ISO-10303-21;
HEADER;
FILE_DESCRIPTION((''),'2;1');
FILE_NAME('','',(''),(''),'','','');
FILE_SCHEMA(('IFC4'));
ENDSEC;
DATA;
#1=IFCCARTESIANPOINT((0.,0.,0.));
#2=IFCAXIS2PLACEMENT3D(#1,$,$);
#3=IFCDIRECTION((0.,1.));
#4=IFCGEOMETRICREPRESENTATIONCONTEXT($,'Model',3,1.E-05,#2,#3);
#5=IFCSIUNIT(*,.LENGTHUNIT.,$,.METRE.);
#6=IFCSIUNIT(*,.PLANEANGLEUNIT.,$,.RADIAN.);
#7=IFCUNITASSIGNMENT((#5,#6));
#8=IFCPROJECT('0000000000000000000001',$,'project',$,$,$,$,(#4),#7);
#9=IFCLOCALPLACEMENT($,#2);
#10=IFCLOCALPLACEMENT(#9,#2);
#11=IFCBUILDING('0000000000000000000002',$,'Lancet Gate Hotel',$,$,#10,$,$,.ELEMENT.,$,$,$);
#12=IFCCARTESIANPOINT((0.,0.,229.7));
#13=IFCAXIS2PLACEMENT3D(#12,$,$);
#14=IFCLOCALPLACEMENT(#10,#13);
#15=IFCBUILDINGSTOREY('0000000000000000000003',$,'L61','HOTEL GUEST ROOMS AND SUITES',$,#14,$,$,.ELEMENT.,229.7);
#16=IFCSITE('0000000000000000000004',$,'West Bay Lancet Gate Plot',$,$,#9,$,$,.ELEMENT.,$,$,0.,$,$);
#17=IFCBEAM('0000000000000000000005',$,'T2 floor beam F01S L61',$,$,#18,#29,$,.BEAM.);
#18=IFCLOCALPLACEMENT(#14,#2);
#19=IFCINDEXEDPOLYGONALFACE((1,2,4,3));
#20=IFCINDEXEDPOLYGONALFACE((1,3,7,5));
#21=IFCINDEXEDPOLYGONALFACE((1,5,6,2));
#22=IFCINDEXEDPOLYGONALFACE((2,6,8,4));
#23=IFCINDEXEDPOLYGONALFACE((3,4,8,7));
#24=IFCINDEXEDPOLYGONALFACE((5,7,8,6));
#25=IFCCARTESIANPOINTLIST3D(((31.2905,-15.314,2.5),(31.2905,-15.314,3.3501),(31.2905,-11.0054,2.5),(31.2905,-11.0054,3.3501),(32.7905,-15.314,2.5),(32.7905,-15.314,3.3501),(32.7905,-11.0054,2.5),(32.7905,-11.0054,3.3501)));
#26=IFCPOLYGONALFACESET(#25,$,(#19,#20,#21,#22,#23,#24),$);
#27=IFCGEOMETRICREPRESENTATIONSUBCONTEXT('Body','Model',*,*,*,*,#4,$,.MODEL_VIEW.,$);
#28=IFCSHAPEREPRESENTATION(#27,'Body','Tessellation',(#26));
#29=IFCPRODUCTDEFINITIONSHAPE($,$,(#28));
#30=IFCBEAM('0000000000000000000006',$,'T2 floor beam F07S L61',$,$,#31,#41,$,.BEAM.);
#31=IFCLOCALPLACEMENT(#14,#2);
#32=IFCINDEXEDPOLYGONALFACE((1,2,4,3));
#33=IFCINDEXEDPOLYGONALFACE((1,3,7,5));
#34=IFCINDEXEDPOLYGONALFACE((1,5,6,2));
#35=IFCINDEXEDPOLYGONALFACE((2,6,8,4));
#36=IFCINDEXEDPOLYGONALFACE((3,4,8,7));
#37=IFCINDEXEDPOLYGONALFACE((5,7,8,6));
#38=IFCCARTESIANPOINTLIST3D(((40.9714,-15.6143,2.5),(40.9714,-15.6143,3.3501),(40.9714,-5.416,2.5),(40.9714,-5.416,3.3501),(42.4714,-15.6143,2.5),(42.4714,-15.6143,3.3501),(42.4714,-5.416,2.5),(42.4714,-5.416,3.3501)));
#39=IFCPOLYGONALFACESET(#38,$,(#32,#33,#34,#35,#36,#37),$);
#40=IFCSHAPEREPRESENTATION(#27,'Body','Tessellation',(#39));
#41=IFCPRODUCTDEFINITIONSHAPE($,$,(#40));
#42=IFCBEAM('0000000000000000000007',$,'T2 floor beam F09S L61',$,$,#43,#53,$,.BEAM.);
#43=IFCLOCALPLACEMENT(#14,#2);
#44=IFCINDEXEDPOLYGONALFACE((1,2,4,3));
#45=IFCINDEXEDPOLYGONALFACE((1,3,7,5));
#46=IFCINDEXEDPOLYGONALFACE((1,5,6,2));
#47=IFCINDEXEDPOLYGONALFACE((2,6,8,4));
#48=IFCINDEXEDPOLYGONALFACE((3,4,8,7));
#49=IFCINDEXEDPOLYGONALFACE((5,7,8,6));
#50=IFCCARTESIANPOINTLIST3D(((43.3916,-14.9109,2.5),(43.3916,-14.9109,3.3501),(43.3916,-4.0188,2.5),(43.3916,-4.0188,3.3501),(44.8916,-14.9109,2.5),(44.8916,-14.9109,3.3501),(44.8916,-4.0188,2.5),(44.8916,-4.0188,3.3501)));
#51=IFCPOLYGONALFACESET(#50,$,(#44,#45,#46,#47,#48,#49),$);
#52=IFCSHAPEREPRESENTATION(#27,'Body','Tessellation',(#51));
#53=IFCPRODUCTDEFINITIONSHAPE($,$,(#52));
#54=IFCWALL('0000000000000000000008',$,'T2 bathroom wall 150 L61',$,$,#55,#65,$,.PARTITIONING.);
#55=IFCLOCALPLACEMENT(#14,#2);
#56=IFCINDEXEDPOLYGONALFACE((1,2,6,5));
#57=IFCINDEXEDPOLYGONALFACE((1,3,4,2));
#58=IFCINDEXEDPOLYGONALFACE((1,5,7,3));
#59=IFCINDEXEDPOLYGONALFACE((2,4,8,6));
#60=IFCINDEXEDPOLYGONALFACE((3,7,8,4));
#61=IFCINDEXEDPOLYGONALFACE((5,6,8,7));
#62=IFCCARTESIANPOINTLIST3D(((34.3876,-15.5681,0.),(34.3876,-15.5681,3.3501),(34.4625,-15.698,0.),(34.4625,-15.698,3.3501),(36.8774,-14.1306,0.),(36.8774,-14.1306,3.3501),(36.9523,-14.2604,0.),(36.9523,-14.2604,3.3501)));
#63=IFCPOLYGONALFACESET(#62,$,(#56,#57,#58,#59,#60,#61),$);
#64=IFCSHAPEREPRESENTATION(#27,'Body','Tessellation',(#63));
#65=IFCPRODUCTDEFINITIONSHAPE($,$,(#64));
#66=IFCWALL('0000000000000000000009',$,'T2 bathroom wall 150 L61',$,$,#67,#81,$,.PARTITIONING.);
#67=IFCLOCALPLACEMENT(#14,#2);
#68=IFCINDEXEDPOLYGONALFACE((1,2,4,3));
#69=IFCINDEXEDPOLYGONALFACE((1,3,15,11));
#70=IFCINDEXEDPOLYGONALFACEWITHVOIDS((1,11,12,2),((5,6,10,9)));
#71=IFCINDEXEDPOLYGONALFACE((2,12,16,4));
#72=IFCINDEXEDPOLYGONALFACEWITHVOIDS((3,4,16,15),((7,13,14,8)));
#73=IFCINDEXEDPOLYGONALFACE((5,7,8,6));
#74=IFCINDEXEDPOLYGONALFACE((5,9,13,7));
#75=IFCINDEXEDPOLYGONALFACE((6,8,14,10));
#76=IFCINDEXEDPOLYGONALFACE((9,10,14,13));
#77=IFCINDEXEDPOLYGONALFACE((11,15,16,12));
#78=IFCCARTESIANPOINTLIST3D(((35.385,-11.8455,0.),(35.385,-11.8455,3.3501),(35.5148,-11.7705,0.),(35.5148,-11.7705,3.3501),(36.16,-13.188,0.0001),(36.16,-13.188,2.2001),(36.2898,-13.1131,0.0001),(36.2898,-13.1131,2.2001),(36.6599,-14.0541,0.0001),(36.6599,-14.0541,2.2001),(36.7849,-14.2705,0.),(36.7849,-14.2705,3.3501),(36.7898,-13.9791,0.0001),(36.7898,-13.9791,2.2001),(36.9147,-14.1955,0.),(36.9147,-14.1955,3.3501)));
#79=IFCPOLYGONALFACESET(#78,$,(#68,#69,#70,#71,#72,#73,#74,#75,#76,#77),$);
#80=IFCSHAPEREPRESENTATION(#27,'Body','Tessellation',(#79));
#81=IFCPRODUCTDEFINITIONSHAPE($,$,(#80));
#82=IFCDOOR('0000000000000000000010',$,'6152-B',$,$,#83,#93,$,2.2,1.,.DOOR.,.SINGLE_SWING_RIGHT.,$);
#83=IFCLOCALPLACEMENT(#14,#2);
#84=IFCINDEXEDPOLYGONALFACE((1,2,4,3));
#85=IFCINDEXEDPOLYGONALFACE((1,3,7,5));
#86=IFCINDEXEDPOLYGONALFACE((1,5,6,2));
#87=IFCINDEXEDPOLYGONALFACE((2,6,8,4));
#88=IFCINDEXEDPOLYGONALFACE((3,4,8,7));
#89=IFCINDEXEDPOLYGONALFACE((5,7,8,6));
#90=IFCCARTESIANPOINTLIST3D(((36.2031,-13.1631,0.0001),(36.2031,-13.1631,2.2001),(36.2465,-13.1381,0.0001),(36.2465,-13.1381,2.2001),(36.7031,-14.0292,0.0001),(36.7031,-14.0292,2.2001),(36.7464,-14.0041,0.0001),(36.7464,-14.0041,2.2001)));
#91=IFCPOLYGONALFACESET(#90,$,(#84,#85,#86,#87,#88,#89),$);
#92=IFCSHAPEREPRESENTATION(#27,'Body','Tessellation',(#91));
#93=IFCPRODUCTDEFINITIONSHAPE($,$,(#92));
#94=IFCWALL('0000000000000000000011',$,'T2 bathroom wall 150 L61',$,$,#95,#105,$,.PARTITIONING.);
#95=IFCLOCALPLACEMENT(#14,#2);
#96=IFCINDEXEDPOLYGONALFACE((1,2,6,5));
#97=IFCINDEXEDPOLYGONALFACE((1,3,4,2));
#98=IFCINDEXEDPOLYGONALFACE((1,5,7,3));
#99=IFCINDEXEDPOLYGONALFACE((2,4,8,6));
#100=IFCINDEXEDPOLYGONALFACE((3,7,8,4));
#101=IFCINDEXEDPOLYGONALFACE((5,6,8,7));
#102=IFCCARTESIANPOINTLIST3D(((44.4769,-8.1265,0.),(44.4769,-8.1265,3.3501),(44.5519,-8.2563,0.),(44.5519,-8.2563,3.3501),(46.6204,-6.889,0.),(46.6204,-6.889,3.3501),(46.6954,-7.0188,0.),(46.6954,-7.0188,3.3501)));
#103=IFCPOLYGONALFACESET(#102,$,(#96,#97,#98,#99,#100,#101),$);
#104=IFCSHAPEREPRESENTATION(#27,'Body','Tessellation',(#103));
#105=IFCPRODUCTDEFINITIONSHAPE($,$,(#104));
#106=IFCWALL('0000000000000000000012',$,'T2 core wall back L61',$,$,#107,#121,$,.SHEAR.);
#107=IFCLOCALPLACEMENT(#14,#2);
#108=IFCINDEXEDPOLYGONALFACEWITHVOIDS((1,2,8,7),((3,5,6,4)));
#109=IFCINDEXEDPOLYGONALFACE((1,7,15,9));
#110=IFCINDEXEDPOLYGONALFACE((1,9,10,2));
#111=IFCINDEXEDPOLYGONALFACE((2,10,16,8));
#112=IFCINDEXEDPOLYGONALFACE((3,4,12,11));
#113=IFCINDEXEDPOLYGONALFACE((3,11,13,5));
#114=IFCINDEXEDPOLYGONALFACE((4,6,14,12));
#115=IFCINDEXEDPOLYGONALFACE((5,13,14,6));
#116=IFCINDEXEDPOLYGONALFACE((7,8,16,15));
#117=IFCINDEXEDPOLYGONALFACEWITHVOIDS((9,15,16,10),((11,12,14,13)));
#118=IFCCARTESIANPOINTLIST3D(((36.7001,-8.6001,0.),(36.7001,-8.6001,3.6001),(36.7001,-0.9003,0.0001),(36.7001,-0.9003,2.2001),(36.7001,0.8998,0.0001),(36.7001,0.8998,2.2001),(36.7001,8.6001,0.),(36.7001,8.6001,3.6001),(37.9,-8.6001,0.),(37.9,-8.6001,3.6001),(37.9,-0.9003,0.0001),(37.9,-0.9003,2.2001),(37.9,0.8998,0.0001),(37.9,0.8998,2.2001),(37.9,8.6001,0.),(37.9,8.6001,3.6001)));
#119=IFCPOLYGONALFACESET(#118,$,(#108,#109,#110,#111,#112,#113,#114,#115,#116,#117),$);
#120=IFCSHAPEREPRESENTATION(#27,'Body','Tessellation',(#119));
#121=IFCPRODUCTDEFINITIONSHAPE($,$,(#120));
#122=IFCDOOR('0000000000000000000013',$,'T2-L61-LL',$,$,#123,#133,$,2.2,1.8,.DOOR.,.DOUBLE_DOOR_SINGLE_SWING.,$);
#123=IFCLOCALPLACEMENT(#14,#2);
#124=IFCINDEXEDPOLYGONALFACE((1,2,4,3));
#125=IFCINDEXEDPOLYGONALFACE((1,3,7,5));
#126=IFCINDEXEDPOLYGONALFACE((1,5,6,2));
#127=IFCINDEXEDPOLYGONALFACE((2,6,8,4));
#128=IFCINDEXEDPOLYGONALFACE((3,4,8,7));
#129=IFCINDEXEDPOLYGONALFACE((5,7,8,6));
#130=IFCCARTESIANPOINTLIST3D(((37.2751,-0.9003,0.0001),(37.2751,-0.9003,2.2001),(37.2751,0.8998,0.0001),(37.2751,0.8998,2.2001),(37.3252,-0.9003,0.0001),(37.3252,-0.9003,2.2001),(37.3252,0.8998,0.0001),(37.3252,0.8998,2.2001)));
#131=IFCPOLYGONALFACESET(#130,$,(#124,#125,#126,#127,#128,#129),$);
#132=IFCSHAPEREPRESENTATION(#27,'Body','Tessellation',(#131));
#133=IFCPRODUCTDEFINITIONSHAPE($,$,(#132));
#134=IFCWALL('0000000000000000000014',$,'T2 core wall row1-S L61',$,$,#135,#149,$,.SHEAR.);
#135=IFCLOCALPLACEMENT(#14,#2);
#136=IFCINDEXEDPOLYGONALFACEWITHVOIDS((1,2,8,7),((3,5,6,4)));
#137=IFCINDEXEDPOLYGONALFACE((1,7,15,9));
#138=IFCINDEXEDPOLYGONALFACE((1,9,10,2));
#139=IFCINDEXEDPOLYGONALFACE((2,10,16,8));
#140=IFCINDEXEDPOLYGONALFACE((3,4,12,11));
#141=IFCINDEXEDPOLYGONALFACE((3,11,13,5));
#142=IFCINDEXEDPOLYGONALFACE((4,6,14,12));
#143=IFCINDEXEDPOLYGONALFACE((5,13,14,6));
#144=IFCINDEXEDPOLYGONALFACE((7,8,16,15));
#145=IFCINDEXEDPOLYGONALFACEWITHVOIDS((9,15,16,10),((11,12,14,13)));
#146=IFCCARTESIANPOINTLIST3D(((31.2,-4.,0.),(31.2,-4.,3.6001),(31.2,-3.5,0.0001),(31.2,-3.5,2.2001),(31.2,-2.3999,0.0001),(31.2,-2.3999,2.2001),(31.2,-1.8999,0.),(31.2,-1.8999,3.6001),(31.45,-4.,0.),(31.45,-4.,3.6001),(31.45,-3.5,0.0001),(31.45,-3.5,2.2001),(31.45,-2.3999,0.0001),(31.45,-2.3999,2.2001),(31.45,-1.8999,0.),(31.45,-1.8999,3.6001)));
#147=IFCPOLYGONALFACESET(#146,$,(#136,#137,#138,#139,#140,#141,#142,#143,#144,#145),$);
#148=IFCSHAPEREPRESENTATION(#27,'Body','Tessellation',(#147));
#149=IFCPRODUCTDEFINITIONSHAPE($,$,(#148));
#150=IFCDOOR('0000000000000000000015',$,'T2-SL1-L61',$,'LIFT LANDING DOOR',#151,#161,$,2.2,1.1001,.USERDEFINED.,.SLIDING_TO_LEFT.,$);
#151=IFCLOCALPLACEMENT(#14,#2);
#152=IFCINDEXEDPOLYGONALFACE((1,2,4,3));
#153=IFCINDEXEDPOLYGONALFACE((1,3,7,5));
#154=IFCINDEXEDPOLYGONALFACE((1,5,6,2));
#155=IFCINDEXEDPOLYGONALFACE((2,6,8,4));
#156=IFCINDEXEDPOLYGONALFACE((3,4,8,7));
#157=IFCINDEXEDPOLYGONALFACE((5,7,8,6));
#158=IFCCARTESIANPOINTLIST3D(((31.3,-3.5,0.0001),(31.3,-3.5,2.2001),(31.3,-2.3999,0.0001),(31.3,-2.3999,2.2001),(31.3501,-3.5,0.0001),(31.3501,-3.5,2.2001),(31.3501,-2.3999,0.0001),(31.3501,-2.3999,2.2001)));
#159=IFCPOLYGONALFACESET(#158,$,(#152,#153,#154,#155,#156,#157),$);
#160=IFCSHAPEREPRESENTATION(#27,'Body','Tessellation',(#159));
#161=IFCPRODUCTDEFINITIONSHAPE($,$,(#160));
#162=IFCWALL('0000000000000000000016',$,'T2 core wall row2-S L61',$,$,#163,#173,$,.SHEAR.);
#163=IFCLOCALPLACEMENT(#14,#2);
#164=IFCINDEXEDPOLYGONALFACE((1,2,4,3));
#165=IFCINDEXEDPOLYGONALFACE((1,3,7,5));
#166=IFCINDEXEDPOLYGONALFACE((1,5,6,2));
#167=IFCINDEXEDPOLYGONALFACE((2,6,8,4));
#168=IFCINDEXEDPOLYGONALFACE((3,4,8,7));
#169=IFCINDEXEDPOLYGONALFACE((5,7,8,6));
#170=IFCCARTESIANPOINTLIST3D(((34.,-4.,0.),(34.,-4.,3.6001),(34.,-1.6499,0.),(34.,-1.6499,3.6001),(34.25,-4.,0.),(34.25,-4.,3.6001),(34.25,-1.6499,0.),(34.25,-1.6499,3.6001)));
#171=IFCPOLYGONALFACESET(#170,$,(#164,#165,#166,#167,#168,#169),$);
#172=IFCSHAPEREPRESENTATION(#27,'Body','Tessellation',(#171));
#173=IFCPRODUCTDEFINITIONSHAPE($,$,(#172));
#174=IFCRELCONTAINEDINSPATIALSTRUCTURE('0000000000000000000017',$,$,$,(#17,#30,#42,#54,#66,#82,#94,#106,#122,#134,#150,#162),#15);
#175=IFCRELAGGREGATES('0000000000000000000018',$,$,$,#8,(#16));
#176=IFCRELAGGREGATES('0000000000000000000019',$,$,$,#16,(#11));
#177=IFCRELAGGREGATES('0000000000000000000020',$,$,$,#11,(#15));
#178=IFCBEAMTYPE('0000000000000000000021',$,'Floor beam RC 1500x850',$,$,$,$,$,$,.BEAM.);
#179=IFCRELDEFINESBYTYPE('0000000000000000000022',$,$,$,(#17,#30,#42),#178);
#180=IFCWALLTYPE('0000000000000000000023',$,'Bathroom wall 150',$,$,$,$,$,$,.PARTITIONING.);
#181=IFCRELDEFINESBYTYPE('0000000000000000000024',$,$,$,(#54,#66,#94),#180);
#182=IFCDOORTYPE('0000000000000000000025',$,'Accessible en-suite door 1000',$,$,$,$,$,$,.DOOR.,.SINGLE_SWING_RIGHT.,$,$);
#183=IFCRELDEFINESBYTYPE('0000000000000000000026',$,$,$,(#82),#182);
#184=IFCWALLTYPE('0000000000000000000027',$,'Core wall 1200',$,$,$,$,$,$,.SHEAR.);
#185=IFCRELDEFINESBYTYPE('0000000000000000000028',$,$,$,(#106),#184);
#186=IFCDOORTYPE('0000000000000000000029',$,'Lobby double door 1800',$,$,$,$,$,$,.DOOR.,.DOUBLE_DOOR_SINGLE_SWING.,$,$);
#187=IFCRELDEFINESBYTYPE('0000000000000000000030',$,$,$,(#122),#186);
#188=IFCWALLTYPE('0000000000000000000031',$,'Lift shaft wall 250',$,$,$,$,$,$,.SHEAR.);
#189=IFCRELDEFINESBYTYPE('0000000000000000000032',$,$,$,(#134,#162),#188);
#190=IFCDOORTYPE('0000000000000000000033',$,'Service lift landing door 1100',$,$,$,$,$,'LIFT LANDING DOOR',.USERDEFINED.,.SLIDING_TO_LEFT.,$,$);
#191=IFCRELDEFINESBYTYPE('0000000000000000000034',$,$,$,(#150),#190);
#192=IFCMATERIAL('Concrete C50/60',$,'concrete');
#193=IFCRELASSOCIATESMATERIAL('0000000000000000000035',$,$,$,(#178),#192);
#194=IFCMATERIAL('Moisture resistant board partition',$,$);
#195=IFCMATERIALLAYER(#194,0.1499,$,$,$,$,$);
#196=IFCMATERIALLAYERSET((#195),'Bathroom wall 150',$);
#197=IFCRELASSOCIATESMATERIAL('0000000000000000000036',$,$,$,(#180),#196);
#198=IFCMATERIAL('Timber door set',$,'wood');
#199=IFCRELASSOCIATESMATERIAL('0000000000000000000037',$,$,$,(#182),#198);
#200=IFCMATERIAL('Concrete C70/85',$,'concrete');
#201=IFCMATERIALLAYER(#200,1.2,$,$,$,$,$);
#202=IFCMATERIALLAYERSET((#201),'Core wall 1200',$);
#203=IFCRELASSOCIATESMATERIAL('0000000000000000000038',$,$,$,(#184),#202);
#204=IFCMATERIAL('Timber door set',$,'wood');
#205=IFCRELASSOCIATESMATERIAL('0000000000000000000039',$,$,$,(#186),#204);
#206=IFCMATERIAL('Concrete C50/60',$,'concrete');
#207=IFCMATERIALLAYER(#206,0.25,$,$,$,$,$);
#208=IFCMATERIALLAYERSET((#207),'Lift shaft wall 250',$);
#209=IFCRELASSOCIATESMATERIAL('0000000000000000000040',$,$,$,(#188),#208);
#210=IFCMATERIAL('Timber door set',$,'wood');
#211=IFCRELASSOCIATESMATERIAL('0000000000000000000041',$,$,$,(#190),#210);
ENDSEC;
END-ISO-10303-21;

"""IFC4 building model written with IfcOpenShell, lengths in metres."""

from ifc_helpers import new_model, si_unit, direction, frame, frame_2d, origin, origin_2d, place, context, subcontext, project, spatial, rectangle, extrude, material, layer, layer_set, material_profile, profile_set, type_object, element, fill, save


model = new_model("IFC4")

# Units and contexts
model_context = context("Model", 3, precision=1e-05, world=origin(), true_north=direction((0.0, 1.0)))
body_context = subcontext(model_context, "Body", "Model", "MODEL_VIEW")
ifc_project = project(units=[si_unit("LENGTHUNIT", "METRE"), si_unit("PLANEANGLEUNIT", "RADIAN")], contexts=[model_context])

# Site, building, storey
site_placement = place(None, origin())
site = spatial("IfcSite", under=ifc_project, at=site_placement, Name="West Bay Lancet Gate Plot", CompositionType="ELEMENT", RefElevation=0.0)
building_placement = place(site_placement, origin())
building = spatial("IfcBuilding", under=site, at=building_placement, Name="Lancet Gate Hotel", CompositionType="ELEMENT")
storey_placement = place(building_placement, frame((0.0, 0.0, 229.7)))
storey = spatial("IfcBuildingStorey", under=building, at=storey_placement, Name="L61", Description="HOTEL GUEST ROOMS AND SUITES", CompositionType="ELEMENT", Elevation=229.7)

# Beams
ifc_material_1 = material(Name="Concrete C50/60", Category="concrete")
ifc_material_profile = material_profile(ifc_material_1, rectangle(XDim=1.5, YDim=0.8501, at=origin_2d()), Name="RC 1500x850")
ifc_profile_set = profile_set([ifc_material_profile], Name="Concrete C50/60")
beam_type = type_object("IfcBeamType", Name="Floor beam RC 1500x850", PredefinedType="BEAM", material=ifc_profile_set)
beam_1_placement = place(storey_placement, frame((32.0405, -15.314, 2.925), z_axis=(0.0, 1.0, 0.0), x_axis=(-1.0, 0.0, 0.0)))
element("IfcBeam", 1, at=beam_1_placement, inside=storey, type_object=beam_type, Name="T2 floor beam F01S L61", PredefinedType="BEAM", context=body_context, shape_type="SweptSolid", body=[
    extrude(rectangle(XDim=1.5, YDim=0.8501, at=origin_2d()), origin(), (0.0, 0.0, 1.0), 4.3086),
])
beam_2_placement = place(storey_placement, frame((41.7214, -15.6143, 2.925), z_axis=(0.0, 1.0, 0.0), x_axis=(-1.0, 0.0, 0.0)))
element("IfcBeam", 2, at=beam_2_placement, inside=storey, type_object=beam_type, Name="T2 floor beam F07S L61", PredefinedType="BEAM", context=body_context, shape_type="SweptSolid", body=[
    extrude(rectangle(XDim=1.5, YDim=0.8501, at=origin_2d()), origin(), (0.0, 0.0, 1.0), 10.1982),
])
beam_3_placement = place(storey_placement, frame((44.1416, -14.9109, 2.925), z_axis=(0.0, 1.0, 0.0), x_axis=(-1.0, 0.0, 0.0)))
element("IfcBeam", 3, at=beam_3_placement, inside=storey, type_object=beam_type, Name="T2 floor beam F09S L61", PredefinedType="BEAM", context=body_context, shape_type="SweptSolid", body=[
    extrude(rectangle(XDim=1.5, YDim=0.8501, at=origin_2d()), origin(), (0.0, 0.0, 1.0), 10.8921),
])

# Wall
ifc_material_2 = material(Name="Moisture resistant board partition")
ifc_layer_1 = layer(ifc_material_2, 0.1499)
ifc_layer_set_1 = layer_set([ifc_layer_1], Name="Bathroom wall 150")
wall_type_1 = type_object("IfcWallType", Name="Bathroom wall 150", PredefinedType="PARTITIONING", material=ifc_layer_set_1)
wall_1_placement = place(storey_placement, frame((34.425, -15.6331, 0.0), z_axis=(0.0, 0.0, 1.0), x_axis=(0.866019, 0.500012, 0.0)))
element("IfcWall", 4, at=wall_1_placement, inside=storey, type_object=wall_type_1, Name="T2 bathroom wall 150 L61", PredefinedType="PARTITIONING", context=body_context, shape_type="SweptSolid", body=[
    extrude(rectangle(XDim=2.875, YDim=0.1499, at=frame_2d((1.4375, 0.0))), origin(), (0.0, 0.0, 1.0), 3.3501),
])

# Wall, opening, door
wall_2_placement = place(storey_placement, frame((35.45, -11.8081, 0.0), z_axis=(0.0, 0.0, 1.0), x_axis=(0.499946, -0.866056, 0.0)))
wall_2 = element("IfcWall", 5, at=wall_2_placement, inside=storey, type_object=wall_type_1, Name="T2 bathroom wall 150 L61", PredefinedType="PARTITIONING", context=body_context, shape_type="SweptSolid", body=[
    extrude(rectangle(XDim=2.8, YDim=0.1499, at=frame_2d((1.3999, 0.0))), origin(), (0.0, 0.0, 1.0), 3.3501),
])
opening_1_placement = place(wall_2_placement, frame((1.55, 0.0, 0.0)))
opening_1 = element("IfcOpeningElement", 6, at=opening_1_placement, cuts=wall_2, PredefinedType="OPENING", context=body_context, shape_type="SweptSolid", body=[
    extrude(rectangle(XDim=1.0, YDim=2.2, at=frame_2d((0.5, 1.1001))), frame((0.0, 0.085, 0.0), z_axis=(0.0, -1.0, 0.0), x_axis=(1.0, 0.0, 0.0)), (0.0, 0.0, 1.0), 0.1699),
])
ifc_material_3 = material(Name="Timber door set", Category="wood")
door_type_1 = type_object("IfcDoorType", Name="Accessible en-suite door 1000", OperationType="SINGLE_SWING_RIGHT", PredefinedType="DOOR", material=ifc_material_3)
door_1_placement = place(opening_1_placement, origin())
door_1 = element("IfcDoor", 7, at=door_1_placement, inside=storey, type_object=door_type_1, Name="6152-B", OperationType="SINGLE_SWING_RIGHT", OverallHeight=2.2, OverallWidth=1.0, PredefinedType="DOOR", context=body_context, shape_type="SweptSolid", body=[
    extrude(rectangle(XDim=1.0, YDim=2.2, at=frame_2d((0.5, 1.1001))), frame((0.0, 0.0249, 0.0), z_axis=(0.0, -1.0, 0.0), x_axis=(1.0, 0.0, 0.0)), (0.0, 0.0, 1.0), 0.05),
])
fill(opening_1, door_1)

# Wall
wall_3_placement = place(storey_placement, frame((44.5144, -8.1914, 0.0), z_axis=(0.0, 0.0, 1.0), x_axis=(0.866031, 0.49999, 0.0)))
element("IfcWall", 8, at=wall_3_placement, inside=storey, type_object=wall_type_1, Name="T2 bathroom wall 150 L61", PredefinedType="PARTITIONING", context=body_context, shape_type="SweptSolid", body=[
    extrude(rectangle(XDim=2.4751, YDim=0.1499, at=frame_2d((1.2375, 0.0))), origin(), (0.0, 0.0, 1.0), 3.3501),
])

# Walls, openings, doors
ifc_material_4 = material(Name="Concrete C70/85", Category="concrete")
ifc_layer_2 = layer(ifc_material_4, 1.2)
ifc_layer_set_2 = layer_set([ifc_layer_2], Name="Core wall 1200")
wall_type_2 = type_object("IfcWallType", Name="Core wall 1200", PredefinedType="SHEAR", material=ifc_layer_set_2)
wall_4_placement = place(storey_placement, frame((37.3, -8.6001, 0.0), z_axis=(0.0, 0.0, 1.0), x_axis=(0.0, 1.0, 0.0)))
wall_4 = element("IfcWall", 9, at=wall_4_placement, inside=storey, type_object=wall_type_2, Name="T2 core wall back L61", PredefinedType="SHEAR", context=body_context, shape_type="SweptSolid", body=[
    extrude(rectangle(XDim=17.2002, YDim=1.2, at=frame_2d((8.6001, 0.0))), origin(), (0.0, 0.0, 1.0), 3.6001),
])
opening_2_placement = place(wall_4_placement, frame((7.7, 0.0, 0.0)))
opening_2 = element("IfcOpeningElement", 10, at=opening_2_placement, cuts=wall_4, PredefinedType="OPENING", context=body_context, shape_type="SweptSolid", body=[
    extrude(rectangle(XDim=1.8, YDim=2.2, at=frame_2d((0.8999, 1.1001))), frame((0.0, 0.6099, 0.0), z_axis=(0.0, -1.0, 0.0), x_axis=(1.0, 0.0, 0.0)), (0.0, 0.0, 1.0), 1.22),
])
ifc_material_5 = material(Name="Timber door set", Category="wood")
door_type_2 = type_object("IfcDoorType", Name="Lobby double door 1800", OperationType="DOUBLE_DOOR_SINGLE_SWING", PredefinedType="DOOR", material=ifc_material_5)
door_2_placement = place(opening_2_placement, origin())
door_2 = element("IfcDoor", 11, at=door_2_placement, inside=storey, type_object=door_type_2, Name="T2-L61-LL", OperationType="DOUBLE_DOOR_SINGLE_SWING", OverallHeight=2.2, OverallWidth=1.8, PredefinedType="DOOR", context=body_context, shape_type="SweptSolid", body=[
    extrude(rectangle(XDim=1.8, YDim=2.2, at=frame_2d((0.8999, 1.1001))), frame((0.0, 0.0249, 0.0), z_axis=(0.0, -1.0, 0.0), x_axis=(1.0, 0.0, 0.0)), (0.0, 0.0, 1.0), 0.05),
])
fill(opening_2, door_2)
ifc_material_6 = material(Name="Concrete C50/60", Category="concrete")
ifc_layer_3 = layer(ifc_material_6, 0.25)
ifc_layer_set_3 = layer_set([ifc_layer_3], Name="Lift shaft wall 250")
wall_type_3 = type_object("IfcWallType", Name="Lift shaft wall 250", PredefinedType="SHEAR", material=ifc_layer_set_3)
wall_5_placement = place(storey_placement, frame((31.325, -4.0, 0.0), z_axis=(0.0, 0.0, 1.0), x_axis=(0.0, 1.0, 0.0)))
wall_5 = element("IfcWall", 12, at=wall_5_placement, inside=storey, type_object=wall_type_3, Name="T2 core wall row1-S L61", PredefinedType="SHEAR", context=body_context, shape_type="SweptSolid", body=[
    extrude(rectangle(XDim=2.1001, YDim=0.25, at=frame_2d((1.05, 0.0))), origin(), (0.0, 0.0, 1.0), 3.6001),
])
opening_3_placement = place(wall_5_placement, frame((0.5, 0.0, 0.0)))
opening_3 = element("IfcOpeningElement", 13, at=opening_3_placement, cuts=wall_5, PredefinedType="OPENING", context=body_context, shape_type="SweptSolid", body=[
    extrude(rectangle(XDim=1.1001, YDim=2.2, at=frame_2d((0.55, 1.1001))), frame((0.0, 0.135, 0.0), z_axis=(0.0, -1.0, 0.0), x_axis=(1.0, 0.0, 0.0)), (0.0, 0.0, 1.0), 0.27),
])
ifc_material_7 = material(Name="Timber door set", Category="wood")
door_type_3 = type_object("IfcDoorType", Name="Service lift landing door 1100", ElementType="LIFT LANDING DOOR", OperationType="SLIDING_TO_LEFT", PredefinedType="USERDEFINED", material=ifc_material_7)
door_3_placement = place(opening_3_placement, origin())
door_3 = element("IfcDoor", 14, at=door_3_placement, inside=storey, type_object=door_type_3, Name="T2-SL1-L61", ObjectType="LIFT LANDING DOOR", OperationType="SLIDING_TO_LEFT", OverallHeight=2.2, OverallWidth=1.1001, PredefinedType="USERDEFINED", context=body_context, shape_type="SweptSolid", body=[
    extrude(rectangle(XDim=1.1001, YDim=2.2, at=frame_2d((0.55, 1.1001))), frame((0.0, 0.0249, 0.0), z_axis=(0.0, -1.0, 0.0), x_axis=(1.0, 0.0, 0.0)), (0.0, 0.0, 1.0), 0.05),
])
fill(opening_3, door_3)

# Wall
wall_6_placement = place(storey_placement, frame((34.125, -4.0, 0.0), z_axis=(0.0, 0.0, 1.0), x_axis=(0.0, 1.0, 0.0)))
element("IfcWall", 15, at=wall_6_placement, inside=storey, type_object=wall_type_3, Name="T2 core wall row2-S L61", PredefinedType="SHEAR", context=body_context, shape_type="SweptSolid", body=[
    extrude(rectangle(XDim=2.3501, YDim=0.25, at=frame_2d((1.175, 0.0))), origin(), (0.0, 0.0, 1.0), 3.6001),
])

save(model, "model.ifc")
